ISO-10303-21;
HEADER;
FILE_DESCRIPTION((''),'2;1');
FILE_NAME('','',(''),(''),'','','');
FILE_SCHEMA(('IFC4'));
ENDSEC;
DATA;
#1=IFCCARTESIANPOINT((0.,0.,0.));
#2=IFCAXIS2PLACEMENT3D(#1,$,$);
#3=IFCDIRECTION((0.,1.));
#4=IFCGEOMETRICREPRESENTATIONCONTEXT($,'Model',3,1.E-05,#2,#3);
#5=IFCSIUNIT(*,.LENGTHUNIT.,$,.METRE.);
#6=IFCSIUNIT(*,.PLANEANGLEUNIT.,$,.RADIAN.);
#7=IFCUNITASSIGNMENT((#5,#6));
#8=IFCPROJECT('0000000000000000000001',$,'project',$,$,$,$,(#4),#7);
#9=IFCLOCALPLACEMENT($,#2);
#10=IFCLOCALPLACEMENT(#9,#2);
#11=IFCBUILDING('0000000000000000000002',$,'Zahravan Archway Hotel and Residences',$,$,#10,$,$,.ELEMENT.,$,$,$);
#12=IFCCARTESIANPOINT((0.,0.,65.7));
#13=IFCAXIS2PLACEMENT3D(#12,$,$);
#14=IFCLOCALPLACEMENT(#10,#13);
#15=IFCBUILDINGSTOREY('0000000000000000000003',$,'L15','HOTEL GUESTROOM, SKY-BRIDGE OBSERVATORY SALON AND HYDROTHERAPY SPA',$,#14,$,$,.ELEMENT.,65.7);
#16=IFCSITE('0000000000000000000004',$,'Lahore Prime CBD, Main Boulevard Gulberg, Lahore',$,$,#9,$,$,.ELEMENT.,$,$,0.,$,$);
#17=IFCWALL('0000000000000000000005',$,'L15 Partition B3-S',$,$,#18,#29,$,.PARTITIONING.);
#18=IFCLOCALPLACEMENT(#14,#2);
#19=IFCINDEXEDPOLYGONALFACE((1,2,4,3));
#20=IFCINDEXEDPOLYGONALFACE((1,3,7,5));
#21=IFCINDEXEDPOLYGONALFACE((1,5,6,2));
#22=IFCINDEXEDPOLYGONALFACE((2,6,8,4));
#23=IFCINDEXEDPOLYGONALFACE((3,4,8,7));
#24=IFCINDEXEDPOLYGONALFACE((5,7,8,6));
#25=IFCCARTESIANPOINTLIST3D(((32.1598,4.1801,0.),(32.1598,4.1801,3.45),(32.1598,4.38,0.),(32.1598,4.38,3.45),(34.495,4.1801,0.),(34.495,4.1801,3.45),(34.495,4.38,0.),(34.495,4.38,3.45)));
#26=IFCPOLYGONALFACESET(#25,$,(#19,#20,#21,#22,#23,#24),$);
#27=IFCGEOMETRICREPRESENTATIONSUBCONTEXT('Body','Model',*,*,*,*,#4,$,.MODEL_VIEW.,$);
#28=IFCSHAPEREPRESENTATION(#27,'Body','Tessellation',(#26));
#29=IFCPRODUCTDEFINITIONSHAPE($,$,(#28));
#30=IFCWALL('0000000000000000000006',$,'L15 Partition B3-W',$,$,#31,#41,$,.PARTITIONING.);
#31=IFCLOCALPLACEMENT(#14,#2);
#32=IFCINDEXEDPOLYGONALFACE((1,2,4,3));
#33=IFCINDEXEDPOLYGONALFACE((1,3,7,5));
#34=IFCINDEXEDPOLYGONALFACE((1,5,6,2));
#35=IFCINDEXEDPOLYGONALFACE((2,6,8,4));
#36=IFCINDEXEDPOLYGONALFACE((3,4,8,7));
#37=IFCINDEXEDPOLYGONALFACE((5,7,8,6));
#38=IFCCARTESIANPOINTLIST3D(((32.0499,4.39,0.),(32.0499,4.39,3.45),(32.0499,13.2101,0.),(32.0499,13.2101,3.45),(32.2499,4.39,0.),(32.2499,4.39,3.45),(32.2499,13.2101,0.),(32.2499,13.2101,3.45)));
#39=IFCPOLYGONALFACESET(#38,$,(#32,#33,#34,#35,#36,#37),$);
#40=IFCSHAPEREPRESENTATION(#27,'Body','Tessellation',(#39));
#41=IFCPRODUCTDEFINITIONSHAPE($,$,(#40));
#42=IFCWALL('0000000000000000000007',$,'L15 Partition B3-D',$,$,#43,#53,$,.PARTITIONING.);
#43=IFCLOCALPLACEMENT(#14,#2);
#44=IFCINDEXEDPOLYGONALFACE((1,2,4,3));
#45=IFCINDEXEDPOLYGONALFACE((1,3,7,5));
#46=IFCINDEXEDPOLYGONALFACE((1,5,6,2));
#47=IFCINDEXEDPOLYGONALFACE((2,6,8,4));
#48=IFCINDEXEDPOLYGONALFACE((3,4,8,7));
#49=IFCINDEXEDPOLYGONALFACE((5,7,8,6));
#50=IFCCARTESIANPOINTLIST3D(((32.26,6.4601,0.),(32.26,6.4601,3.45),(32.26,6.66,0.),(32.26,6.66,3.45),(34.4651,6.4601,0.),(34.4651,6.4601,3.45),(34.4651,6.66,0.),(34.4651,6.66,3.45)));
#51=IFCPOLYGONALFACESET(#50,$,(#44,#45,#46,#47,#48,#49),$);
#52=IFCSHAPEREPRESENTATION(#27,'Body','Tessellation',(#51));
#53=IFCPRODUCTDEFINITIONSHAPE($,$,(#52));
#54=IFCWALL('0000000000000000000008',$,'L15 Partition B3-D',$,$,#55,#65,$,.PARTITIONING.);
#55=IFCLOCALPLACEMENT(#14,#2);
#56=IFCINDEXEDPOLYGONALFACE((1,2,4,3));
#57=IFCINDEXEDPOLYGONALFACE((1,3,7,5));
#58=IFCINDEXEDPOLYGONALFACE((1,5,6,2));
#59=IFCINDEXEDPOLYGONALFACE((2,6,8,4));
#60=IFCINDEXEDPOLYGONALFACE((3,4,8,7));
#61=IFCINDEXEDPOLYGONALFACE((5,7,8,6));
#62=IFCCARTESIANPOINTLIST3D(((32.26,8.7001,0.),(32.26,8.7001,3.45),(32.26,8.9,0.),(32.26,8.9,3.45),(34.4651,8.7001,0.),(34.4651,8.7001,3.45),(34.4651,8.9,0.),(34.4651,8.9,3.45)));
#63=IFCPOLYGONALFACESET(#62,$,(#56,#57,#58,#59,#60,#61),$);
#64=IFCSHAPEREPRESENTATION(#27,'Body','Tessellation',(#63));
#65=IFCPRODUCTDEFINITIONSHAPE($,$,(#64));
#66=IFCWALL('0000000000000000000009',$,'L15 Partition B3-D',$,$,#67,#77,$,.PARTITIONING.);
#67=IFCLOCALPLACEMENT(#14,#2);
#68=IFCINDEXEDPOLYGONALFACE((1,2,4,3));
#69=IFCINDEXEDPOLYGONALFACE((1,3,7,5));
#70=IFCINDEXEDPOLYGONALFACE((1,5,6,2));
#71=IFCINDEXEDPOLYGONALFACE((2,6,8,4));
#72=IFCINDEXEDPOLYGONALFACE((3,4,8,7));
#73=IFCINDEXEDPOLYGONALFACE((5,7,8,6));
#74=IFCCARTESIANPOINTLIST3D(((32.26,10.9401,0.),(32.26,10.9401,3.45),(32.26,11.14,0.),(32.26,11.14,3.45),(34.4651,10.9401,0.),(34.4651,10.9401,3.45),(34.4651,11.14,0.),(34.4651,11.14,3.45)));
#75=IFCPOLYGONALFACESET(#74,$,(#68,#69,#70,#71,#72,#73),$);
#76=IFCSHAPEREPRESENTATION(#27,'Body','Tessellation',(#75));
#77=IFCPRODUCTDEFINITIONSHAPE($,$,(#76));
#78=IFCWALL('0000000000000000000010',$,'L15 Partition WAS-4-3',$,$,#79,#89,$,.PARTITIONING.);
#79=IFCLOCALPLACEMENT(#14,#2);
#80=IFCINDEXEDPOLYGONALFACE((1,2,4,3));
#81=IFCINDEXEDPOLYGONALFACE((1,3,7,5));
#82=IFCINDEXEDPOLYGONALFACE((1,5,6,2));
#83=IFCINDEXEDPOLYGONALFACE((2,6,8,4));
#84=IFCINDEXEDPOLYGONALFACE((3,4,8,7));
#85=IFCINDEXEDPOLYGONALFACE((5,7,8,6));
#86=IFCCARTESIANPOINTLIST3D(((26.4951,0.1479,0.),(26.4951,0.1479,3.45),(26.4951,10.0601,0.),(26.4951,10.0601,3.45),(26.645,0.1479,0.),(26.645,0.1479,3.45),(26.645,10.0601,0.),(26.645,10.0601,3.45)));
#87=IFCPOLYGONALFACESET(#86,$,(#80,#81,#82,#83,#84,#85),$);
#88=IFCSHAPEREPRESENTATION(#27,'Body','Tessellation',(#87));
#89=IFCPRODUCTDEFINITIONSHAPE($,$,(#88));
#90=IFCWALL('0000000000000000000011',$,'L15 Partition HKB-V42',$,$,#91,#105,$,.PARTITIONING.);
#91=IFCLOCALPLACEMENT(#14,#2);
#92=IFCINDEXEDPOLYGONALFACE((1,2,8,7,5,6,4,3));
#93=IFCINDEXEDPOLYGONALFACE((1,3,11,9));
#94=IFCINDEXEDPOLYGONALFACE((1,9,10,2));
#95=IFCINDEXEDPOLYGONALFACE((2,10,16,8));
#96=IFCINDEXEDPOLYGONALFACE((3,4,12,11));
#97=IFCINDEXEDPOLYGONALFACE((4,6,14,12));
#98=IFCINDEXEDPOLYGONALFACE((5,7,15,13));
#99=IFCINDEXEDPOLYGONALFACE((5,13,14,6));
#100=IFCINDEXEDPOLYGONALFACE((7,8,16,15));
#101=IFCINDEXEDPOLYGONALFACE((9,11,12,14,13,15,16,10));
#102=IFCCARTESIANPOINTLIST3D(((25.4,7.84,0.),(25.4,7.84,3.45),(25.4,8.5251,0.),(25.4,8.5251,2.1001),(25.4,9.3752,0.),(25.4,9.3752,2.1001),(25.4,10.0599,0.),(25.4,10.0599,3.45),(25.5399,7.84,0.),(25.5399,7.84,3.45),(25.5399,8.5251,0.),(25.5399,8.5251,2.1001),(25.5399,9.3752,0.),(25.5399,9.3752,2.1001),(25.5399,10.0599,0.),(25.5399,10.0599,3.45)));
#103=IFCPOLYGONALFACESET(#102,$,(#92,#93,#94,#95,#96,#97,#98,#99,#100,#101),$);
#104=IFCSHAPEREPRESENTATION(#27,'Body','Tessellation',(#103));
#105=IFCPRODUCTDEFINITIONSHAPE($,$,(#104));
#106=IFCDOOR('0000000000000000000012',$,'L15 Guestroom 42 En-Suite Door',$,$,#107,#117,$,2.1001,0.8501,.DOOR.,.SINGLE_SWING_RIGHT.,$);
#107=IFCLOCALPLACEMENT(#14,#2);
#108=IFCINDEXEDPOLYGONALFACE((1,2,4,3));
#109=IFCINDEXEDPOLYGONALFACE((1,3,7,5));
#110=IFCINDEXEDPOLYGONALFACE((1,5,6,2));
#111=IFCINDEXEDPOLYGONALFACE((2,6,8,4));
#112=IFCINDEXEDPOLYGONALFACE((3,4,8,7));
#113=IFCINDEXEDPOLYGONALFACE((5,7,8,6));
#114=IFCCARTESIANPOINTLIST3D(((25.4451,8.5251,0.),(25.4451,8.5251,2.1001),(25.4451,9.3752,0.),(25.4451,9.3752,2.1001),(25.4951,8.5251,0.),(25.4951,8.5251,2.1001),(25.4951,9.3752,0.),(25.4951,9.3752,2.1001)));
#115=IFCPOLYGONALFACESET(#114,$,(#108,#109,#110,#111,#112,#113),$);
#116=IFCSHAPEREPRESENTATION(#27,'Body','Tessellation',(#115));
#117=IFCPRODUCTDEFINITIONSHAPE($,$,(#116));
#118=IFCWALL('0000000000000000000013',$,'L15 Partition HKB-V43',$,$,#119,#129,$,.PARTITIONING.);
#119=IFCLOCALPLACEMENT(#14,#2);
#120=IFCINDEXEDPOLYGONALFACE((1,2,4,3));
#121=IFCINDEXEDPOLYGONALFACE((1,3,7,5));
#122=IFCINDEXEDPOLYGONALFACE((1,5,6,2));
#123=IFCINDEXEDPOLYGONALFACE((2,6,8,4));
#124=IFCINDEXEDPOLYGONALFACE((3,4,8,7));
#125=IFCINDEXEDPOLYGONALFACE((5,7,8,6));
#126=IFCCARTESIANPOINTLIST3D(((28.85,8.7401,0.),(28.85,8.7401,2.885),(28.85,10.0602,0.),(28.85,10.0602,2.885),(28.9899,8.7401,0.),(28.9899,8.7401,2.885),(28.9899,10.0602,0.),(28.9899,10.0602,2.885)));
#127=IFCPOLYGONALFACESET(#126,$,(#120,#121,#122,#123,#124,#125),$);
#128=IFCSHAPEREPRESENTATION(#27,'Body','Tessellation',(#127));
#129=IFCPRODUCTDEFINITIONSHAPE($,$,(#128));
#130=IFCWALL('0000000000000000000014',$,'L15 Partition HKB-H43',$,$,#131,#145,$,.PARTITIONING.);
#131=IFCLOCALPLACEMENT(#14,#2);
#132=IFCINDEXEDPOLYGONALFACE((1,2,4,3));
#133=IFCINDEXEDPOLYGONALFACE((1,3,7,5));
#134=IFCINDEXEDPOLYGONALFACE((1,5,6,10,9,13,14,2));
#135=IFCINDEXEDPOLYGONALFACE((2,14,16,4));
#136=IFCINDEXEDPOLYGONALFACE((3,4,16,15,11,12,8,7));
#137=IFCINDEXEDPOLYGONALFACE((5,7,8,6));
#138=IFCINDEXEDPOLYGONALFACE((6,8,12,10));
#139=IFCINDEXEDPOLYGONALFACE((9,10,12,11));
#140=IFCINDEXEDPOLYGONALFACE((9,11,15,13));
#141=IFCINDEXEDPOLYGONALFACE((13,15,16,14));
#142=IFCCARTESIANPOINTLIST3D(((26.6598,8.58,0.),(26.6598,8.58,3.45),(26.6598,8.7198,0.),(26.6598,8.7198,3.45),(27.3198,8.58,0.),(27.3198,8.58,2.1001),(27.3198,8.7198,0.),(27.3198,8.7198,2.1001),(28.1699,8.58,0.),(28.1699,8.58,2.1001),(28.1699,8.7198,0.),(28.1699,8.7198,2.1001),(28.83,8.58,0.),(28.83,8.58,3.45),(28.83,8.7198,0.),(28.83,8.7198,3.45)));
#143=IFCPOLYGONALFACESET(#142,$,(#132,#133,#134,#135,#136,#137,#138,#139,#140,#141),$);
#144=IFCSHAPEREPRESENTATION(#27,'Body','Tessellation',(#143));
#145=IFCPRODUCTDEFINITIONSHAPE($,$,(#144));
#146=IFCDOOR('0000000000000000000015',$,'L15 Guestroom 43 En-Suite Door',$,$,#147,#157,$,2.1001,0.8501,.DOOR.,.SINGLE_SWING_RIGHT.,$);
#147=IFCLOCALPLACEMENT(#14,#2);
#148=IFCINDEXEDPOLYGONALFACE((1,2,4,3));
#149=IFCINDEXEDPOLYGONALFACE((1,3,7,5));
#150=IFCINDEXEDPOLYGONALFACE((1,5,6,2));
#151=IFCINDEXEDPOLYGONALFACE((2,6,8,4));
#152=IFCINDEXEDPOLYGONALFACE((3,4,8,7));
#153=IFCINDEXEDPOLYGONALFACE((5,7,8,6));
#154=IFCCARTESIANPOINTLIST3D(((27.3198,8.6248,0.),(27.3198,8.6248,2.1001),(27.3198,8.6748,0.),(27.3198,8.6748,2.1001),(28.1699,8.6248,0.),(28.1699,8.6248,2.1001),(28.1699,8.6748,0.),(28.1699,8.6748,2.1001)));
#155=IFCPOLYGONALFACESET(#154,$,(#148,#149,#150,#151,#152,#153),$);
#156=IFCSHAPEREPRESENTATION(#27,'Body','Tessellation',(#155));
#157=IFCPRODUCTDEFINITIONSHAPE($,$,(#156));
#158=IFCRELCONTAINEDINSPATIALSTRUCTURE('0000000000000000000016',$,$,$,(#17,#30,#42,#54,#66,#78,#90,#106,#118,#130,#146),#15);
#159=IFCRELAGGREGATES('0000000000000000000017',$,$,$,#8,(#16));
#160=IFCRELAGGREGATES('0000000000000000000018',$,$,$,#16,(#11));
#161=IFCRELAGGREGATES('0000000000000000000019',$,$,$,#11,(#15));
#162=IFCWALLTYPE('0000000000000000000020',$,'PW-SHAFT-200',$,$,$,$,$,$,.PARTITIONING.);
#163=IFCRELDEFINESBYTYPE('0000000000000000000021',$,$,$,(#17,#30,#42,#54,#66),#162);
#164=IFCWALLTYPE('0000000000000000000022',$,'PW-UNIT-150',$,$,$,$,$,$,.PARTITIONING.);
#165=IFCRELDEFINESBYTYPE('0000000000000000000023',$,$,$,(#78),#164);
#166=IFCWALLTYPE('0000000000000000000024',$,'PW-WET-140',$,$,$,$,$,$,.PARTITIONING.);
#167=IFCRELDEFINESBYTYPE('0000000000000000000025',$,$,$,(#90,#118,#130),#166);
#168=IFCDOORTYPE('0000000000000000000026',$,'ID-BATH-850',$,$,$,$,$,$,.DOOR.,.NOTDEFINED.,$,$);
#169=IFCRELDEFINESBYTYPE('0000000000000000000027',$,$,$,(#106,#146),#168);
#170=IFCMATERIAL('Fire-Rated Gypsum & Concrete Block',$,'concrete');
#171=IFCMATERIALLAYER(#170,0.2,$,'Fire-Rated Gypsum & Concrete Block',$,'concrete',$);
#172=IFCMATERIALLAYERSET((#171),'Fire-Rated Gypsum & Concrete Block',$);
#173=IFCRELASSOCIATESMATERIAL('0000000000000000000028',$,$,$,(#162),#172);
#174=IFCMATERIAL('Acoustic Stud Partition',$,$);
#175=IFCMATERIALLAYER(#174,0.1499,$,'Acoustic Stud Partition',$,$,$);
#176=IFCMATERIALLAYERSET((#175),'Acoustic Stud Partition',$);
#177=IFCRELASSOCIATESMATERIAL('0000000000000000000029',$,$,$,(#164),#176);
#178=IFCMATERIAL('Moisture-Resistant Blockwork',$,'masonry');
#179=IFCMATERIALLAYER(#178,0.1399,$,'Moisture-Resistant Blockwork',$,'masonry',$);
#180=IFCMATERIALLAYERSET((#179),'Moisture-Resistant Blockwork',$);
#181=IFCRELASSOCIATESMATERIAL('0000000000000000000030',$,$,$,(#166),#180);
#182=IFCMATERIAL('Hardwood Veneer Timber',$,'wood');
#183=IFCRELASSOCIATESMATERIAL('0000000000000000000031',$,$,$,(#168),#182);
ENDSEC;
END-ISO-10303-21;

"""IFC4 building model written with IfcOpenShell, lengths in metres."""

from ifc_helpers import new_model, si_unit, direction, frame, frame_2d, origin, place, context, subcontext, project, spatial, rectangle, extrude, source, transform, mapped, material, layer, layer_set, type_object, type_shapes, element, fill, save


model = new_model("IFC4")

# Units and contexts
model_context = context("Model", 3, precision=1e-05, world=origin(), true_north=direction((0.0, 1.0)))
body_context = subcontext(model_context, "Body", "Model", "MODEL_VIEW")
ifc_project = project(units=[si_unit("LENGTHUNIT", "METRE"), si_unit("PLANEANGLEUNIT", "RADIAN")], contexts=[model_context])

# Site, building, storey
site_placement = place(None, origin())
site = spatial("IfcSite", under=ifc_project, at=site_placement, Name="Lahore Prime CBD, Main Boulevard Gulberg, Lahore", CompositionType="ELEMENT", RefElevation=0.0)
building_placement = place(site_placement, origin())
building = spatial("IfcBuilding", under=site, at=building_placement, Name="Zahravan Archway Hotel and Residences", CompositionType="ELEMENT")
storey_placement = place(building_placement, frame((0.0, 0.0, 65.7)))
storey = spatial("IfcBuildingStorey", under=building, at=storey_placement, Name="L15", Description="HOTEL GUESTROOM, SKY-BRIDGE OBSERVATORY SALON AND HYDROTHERAPY SPA", CompositionType="ELEMENT", Elevation=65.7)

# Shared definitions
ifc_material_1 = material(Name="Fire-Rated Gypsum & Concrete Block", Category="concrete")

# Shared definitions
ifc_material_2 = material(Name="Hardwood Veneer Timber", Category="wood")

# Walls
ifc_layer_1 = layer(ifc_material_1, 0.2, Name="Fire-Rated Gypsum & Concrete Block", Category="concrete")
ifc_layer_set_1 = layer_set([ifc_layer_1], Name="Fire-Rated Gypsum & Concrete Block")
wall_type_1 = type_object("IfcWallType", Name="PW-SHAFT-200", PredefinedType="PARTITIONING", material=ifc_layer_set_1)
wall_1_placement = place(storey_placement, frame((32.1599, 4.28, 0.0), z_axis=(0.0, 0.0, 1.0), x_axis=(1.0, 0.0, 0.0)))
element("IfcWall", 1, at=wall_1_placement, inside=storey, type_object=wall_type_1, Name="L15 Partition B3-S", PredefinedType="PARTITIONING", context=body_context, shape_type="SweptSolid", body=[
    extrude(rectangle(XDim=2.3352, YDim=0.2, at=frame_2d((1.1675, 0.0))), origin(), (0.0, 0.0, 1.0), 3.45),
])
wall_2_placement = place(storey_placement, frame((32.1499, 4.3899, 0.0), z_axis=(0.0, 0.0, 1.0), x_axis=(0.0, 1.0, 0.0)))
element("IfcWall", 2, at=wall_2_placement, inside=storey, type_object=wall_type_1, Name="L15 Partition B3-W", PredefinedType="PARTITIONING", context=body_context, shape_type="SweptSolid", body=[
    extrude(rectangle(XDim=8.8201, YDim=0.2, at=frame_2d((4.4102, 0.0))), origin(), (0.0, 0.0, 1.0), 3.45),
])
for number, where, z_axis, x_axis, name in (
    (3, (32.26, 6.5601, 0.0), (0.0, 0.0, 1.0), (1.0, 0.0, 0.0), "L15 Partition B3-D"),
    (4, (32.26, 8.8, 0.0), (0.0, 0.0, 1.0), (1.0, 0.0, 0.0), "L15 Partition B3-D"),
    (5, (32.26, 11.04, 0.0), (0.0, 0.0, 1.0), (1.0, 0.0, 0.0), "L15 Partition B3-D"),
):
    element("IfcWall", number, at=place(storey_placement, frame(where, z_axis=z_axis, x_axis=x_axis)), inside=storey, type_object=wall_type_1, Name=name, PredefinedType="PARTITIONING", context=body_context, shape_type="SweptSolid", body=[
        extrude(rectangle(XDim=2.2051, YDim=0.2, at=frame_2d((1.1025, 0.0))), origin(), (0.0, 0.0, 1.0), 3.45),
    ])
ifc_material_3 = material(Name="Acoustic Stud Partition")
ifc_layer_2 = layer(ifc_material_3, 0.1499, Name="Acoustic Stud Partition")
ifc_layer_set_2 = layer_set([ifc_layer_2], Name="Acoustic Stud Partition")
wall_type_2 = type_object("IfcWallType", Name="PW-UNIT-150", PredefinedType="PARTITIONING", material=ifc_layer_set_2)
wall_3_placement = place(storey_placement, frame((26.5701, 0.1479, 0.0), z_axis=(0.0, 0.0, 1.0), x_axis=(0.0, 1.0, 0.0)))
element("IfcWall", 6, at=wall_3_placement, inside=storey, type_object=wall_type_2, Name="L15 Partition WAS-4-3", PredefinedType="PARTITIONING", context=body_context, shape_type="SweptSolid", body=[
    extrude(rectangle(XDim=9.9121, YDim=0.1499, at=frame_2d((4.9561, 0.0))), origin(), (0.0, 0.0, 1.0), 3.45),
])

# Wall, opening, door
ifc_material_4 = material(Name="Moisture-Resistant Blockwork", Category="masonry")
ifc_layer_3 = layer(ifc_material_4, 0.1399, Name="Moisture-Resistant Blockwork", Category="masonry")
ifc_layer_set_3 = layer_set([ifc_layer_3], Name="Moisture-Resistant Blockwork")
wall_type_3 = type_object("IfcWallType", Name="PW-WET-140", PredefinedType="PARTITIONING", material=ifc_layer_set_3)
wall_4_placement = place(storey_placement, frame((25.47, 7.8401, 0.0), z_axis=(0.0, 0.0, 1.0), x_axis=(0.0, 1.0, 0.0)))
wall_4 = element("IfcWall", 7, at=wall_4_placement, inside=storey, type_object=wall_type_3, Name="L15 Partition HKB-V42", PredefinedType="PARTITIONING", context=body_context, shape_type="SweptSolid", body=[
    extrude(rectangle(XDim=2.22, YDim=0.1399, at=frame_2d((1.1099, 0.0))), origin(), (0.0, 0.0, 1.0), 3.45),
])
opening_1_placement = place(wall_4_placement, frame((0.6851, 0.0, 0.0)))
opening_1 = element("IfcOpeningElement", 8, at=opening_1_placement, cuts=wall_4, PredefinedType="OPENING", context=body_context, shape_type="SweptSolid", body=[
    extrude(rectangle(XDim=0.8501, YDim=2.1001, at=frame_2d((0.425, 1.05))), frame((0.0, 0.0801, 0.0), z_axis=(0.0, -1.0, 0.0), x_axis=(1.0, 0.0, 0.0)), (0.0, 0.0, 1.0), 0.1599),
])
door_type_1 = type_object("IfcDoorType", Name="ID-BATH-850", OperationType="NOTDEFINED", PredefinedType="DOOR", material=ifc_material_2)
shared_shape_1 = source(origin(), body_context, "Body", "SweptSolid", [
    extrude(rectangle(XDim=0.8501, YDim=2.1001, at=frame_2d((0.425, 1.05))), frame((0.0, 0.0249, 0.0), z_axis=(0.0, -1.0, 0.0), x_axis=(1.0, 0.0, 0.0)), (0.0, 0.0, 1.0), 0.05),
])
type_shapes(door_type_1, [shared_shape_1])
door_1_placement = place(opening_1_placement, origin())
door_1 = element("IfcDoor", 9, at=door_1_placement, inside=storey, type_object=door_type_1, Name="L15 Guestroom 42 En-Suite Door", OperationType="SINGLE_SWING_RIGHT", OverallHeight=2.1001, OverallWidth=0.8501, PredefinedType="DOOR", context=body_context, shape_type="MappedRepresentation", body=[
    mapped(shared_shape_1, transform((0.0, 0.0, 0.0), scale=1.0)),
])
fill(opening_1, door_1)

# Wall
wall_5_placement = place(storey_placement, frame((28.9199, 8.74, 0.0), z_axis=(0.0, 0.0, 1.0), x_axis=(0.0, 1.0, 0.0)))
element("IfcWall", 10, at=wall_5_placement, inside=storey, type_object=wall_type_3, Name="L15 Partition HKB-V43", PredefinedType="PARTITIONING", context=body_context, shape_type="SweptSolid", body=[
    extrude(rectangle(XDim=1.3201, YDim=0.1399, at=frame_2d((0.6602, 0.0))), origin(), (0.0, 0.0, 1.0), 2.885),
])

# Wall, opening, door
wall_6_placement = place(storey_placement, frame((26.6599, 8.6499, 0.0), z_axis=(0.0, 0.0, 1.0), x_axis=(1.0, 0.0, 0.0)))
wall_6 = element("IfcWall", 11, at=wall_6_placement, inside=storey, type_object=wall_type_3, Name="L15 Partition HKB-H43", PredefinedType="PARTITIONING", context=body_context, shape_type="SweptSolid", body=[
    extrude(rectangle(XDim=2.1702, YDim=0.1399, at=frame_2d((1.085, 0.0))), origin(), (0.0, 0.0, 1.0), 3.45),
])
opening_2_placement = place(wall_6_placement, frame((0.6599, 0.0, 0.0)))
opening_2 = element("IfcOpeningElement", 12, at=opening_2_placement, cuts=wall_6, PredefinedType="OPENING", context=body_context, shape_type="SweptSolid", body=[
    extrude(rectangle(XDim=0.8501, YDim=2.1001, at=frame_2d((0.425, 1.05))), frame((0.0, 0.0801, 0.0), z_axis=(0.0, -1.0, 0.0), x_axis=(1.0, 0.0, 0.0)), (0.0, 0.0, 1.0), 0.1599),
])
door_2_placement = place(opening_2_placement, origin())
door_2 = element("IfcDoor", 13, at=door_2_placement, inside=storey, type_object=door_type_1, Name="L15 Guestroom 43 En-Suite Door", OperationType="SINGLE_SWING_RIGHT", OverallHeight=2.1001, OverallWidth=0.8501, PredefinedType="DOOR", context=body_context, shape_type="MappedRepresentation", body=[
    mapped(shared_shape_1, transform((0.0, 0.0, 0.0), scale=1.0)),
])
fill(opening_2, door_2)

save(model, "model.ifc")
